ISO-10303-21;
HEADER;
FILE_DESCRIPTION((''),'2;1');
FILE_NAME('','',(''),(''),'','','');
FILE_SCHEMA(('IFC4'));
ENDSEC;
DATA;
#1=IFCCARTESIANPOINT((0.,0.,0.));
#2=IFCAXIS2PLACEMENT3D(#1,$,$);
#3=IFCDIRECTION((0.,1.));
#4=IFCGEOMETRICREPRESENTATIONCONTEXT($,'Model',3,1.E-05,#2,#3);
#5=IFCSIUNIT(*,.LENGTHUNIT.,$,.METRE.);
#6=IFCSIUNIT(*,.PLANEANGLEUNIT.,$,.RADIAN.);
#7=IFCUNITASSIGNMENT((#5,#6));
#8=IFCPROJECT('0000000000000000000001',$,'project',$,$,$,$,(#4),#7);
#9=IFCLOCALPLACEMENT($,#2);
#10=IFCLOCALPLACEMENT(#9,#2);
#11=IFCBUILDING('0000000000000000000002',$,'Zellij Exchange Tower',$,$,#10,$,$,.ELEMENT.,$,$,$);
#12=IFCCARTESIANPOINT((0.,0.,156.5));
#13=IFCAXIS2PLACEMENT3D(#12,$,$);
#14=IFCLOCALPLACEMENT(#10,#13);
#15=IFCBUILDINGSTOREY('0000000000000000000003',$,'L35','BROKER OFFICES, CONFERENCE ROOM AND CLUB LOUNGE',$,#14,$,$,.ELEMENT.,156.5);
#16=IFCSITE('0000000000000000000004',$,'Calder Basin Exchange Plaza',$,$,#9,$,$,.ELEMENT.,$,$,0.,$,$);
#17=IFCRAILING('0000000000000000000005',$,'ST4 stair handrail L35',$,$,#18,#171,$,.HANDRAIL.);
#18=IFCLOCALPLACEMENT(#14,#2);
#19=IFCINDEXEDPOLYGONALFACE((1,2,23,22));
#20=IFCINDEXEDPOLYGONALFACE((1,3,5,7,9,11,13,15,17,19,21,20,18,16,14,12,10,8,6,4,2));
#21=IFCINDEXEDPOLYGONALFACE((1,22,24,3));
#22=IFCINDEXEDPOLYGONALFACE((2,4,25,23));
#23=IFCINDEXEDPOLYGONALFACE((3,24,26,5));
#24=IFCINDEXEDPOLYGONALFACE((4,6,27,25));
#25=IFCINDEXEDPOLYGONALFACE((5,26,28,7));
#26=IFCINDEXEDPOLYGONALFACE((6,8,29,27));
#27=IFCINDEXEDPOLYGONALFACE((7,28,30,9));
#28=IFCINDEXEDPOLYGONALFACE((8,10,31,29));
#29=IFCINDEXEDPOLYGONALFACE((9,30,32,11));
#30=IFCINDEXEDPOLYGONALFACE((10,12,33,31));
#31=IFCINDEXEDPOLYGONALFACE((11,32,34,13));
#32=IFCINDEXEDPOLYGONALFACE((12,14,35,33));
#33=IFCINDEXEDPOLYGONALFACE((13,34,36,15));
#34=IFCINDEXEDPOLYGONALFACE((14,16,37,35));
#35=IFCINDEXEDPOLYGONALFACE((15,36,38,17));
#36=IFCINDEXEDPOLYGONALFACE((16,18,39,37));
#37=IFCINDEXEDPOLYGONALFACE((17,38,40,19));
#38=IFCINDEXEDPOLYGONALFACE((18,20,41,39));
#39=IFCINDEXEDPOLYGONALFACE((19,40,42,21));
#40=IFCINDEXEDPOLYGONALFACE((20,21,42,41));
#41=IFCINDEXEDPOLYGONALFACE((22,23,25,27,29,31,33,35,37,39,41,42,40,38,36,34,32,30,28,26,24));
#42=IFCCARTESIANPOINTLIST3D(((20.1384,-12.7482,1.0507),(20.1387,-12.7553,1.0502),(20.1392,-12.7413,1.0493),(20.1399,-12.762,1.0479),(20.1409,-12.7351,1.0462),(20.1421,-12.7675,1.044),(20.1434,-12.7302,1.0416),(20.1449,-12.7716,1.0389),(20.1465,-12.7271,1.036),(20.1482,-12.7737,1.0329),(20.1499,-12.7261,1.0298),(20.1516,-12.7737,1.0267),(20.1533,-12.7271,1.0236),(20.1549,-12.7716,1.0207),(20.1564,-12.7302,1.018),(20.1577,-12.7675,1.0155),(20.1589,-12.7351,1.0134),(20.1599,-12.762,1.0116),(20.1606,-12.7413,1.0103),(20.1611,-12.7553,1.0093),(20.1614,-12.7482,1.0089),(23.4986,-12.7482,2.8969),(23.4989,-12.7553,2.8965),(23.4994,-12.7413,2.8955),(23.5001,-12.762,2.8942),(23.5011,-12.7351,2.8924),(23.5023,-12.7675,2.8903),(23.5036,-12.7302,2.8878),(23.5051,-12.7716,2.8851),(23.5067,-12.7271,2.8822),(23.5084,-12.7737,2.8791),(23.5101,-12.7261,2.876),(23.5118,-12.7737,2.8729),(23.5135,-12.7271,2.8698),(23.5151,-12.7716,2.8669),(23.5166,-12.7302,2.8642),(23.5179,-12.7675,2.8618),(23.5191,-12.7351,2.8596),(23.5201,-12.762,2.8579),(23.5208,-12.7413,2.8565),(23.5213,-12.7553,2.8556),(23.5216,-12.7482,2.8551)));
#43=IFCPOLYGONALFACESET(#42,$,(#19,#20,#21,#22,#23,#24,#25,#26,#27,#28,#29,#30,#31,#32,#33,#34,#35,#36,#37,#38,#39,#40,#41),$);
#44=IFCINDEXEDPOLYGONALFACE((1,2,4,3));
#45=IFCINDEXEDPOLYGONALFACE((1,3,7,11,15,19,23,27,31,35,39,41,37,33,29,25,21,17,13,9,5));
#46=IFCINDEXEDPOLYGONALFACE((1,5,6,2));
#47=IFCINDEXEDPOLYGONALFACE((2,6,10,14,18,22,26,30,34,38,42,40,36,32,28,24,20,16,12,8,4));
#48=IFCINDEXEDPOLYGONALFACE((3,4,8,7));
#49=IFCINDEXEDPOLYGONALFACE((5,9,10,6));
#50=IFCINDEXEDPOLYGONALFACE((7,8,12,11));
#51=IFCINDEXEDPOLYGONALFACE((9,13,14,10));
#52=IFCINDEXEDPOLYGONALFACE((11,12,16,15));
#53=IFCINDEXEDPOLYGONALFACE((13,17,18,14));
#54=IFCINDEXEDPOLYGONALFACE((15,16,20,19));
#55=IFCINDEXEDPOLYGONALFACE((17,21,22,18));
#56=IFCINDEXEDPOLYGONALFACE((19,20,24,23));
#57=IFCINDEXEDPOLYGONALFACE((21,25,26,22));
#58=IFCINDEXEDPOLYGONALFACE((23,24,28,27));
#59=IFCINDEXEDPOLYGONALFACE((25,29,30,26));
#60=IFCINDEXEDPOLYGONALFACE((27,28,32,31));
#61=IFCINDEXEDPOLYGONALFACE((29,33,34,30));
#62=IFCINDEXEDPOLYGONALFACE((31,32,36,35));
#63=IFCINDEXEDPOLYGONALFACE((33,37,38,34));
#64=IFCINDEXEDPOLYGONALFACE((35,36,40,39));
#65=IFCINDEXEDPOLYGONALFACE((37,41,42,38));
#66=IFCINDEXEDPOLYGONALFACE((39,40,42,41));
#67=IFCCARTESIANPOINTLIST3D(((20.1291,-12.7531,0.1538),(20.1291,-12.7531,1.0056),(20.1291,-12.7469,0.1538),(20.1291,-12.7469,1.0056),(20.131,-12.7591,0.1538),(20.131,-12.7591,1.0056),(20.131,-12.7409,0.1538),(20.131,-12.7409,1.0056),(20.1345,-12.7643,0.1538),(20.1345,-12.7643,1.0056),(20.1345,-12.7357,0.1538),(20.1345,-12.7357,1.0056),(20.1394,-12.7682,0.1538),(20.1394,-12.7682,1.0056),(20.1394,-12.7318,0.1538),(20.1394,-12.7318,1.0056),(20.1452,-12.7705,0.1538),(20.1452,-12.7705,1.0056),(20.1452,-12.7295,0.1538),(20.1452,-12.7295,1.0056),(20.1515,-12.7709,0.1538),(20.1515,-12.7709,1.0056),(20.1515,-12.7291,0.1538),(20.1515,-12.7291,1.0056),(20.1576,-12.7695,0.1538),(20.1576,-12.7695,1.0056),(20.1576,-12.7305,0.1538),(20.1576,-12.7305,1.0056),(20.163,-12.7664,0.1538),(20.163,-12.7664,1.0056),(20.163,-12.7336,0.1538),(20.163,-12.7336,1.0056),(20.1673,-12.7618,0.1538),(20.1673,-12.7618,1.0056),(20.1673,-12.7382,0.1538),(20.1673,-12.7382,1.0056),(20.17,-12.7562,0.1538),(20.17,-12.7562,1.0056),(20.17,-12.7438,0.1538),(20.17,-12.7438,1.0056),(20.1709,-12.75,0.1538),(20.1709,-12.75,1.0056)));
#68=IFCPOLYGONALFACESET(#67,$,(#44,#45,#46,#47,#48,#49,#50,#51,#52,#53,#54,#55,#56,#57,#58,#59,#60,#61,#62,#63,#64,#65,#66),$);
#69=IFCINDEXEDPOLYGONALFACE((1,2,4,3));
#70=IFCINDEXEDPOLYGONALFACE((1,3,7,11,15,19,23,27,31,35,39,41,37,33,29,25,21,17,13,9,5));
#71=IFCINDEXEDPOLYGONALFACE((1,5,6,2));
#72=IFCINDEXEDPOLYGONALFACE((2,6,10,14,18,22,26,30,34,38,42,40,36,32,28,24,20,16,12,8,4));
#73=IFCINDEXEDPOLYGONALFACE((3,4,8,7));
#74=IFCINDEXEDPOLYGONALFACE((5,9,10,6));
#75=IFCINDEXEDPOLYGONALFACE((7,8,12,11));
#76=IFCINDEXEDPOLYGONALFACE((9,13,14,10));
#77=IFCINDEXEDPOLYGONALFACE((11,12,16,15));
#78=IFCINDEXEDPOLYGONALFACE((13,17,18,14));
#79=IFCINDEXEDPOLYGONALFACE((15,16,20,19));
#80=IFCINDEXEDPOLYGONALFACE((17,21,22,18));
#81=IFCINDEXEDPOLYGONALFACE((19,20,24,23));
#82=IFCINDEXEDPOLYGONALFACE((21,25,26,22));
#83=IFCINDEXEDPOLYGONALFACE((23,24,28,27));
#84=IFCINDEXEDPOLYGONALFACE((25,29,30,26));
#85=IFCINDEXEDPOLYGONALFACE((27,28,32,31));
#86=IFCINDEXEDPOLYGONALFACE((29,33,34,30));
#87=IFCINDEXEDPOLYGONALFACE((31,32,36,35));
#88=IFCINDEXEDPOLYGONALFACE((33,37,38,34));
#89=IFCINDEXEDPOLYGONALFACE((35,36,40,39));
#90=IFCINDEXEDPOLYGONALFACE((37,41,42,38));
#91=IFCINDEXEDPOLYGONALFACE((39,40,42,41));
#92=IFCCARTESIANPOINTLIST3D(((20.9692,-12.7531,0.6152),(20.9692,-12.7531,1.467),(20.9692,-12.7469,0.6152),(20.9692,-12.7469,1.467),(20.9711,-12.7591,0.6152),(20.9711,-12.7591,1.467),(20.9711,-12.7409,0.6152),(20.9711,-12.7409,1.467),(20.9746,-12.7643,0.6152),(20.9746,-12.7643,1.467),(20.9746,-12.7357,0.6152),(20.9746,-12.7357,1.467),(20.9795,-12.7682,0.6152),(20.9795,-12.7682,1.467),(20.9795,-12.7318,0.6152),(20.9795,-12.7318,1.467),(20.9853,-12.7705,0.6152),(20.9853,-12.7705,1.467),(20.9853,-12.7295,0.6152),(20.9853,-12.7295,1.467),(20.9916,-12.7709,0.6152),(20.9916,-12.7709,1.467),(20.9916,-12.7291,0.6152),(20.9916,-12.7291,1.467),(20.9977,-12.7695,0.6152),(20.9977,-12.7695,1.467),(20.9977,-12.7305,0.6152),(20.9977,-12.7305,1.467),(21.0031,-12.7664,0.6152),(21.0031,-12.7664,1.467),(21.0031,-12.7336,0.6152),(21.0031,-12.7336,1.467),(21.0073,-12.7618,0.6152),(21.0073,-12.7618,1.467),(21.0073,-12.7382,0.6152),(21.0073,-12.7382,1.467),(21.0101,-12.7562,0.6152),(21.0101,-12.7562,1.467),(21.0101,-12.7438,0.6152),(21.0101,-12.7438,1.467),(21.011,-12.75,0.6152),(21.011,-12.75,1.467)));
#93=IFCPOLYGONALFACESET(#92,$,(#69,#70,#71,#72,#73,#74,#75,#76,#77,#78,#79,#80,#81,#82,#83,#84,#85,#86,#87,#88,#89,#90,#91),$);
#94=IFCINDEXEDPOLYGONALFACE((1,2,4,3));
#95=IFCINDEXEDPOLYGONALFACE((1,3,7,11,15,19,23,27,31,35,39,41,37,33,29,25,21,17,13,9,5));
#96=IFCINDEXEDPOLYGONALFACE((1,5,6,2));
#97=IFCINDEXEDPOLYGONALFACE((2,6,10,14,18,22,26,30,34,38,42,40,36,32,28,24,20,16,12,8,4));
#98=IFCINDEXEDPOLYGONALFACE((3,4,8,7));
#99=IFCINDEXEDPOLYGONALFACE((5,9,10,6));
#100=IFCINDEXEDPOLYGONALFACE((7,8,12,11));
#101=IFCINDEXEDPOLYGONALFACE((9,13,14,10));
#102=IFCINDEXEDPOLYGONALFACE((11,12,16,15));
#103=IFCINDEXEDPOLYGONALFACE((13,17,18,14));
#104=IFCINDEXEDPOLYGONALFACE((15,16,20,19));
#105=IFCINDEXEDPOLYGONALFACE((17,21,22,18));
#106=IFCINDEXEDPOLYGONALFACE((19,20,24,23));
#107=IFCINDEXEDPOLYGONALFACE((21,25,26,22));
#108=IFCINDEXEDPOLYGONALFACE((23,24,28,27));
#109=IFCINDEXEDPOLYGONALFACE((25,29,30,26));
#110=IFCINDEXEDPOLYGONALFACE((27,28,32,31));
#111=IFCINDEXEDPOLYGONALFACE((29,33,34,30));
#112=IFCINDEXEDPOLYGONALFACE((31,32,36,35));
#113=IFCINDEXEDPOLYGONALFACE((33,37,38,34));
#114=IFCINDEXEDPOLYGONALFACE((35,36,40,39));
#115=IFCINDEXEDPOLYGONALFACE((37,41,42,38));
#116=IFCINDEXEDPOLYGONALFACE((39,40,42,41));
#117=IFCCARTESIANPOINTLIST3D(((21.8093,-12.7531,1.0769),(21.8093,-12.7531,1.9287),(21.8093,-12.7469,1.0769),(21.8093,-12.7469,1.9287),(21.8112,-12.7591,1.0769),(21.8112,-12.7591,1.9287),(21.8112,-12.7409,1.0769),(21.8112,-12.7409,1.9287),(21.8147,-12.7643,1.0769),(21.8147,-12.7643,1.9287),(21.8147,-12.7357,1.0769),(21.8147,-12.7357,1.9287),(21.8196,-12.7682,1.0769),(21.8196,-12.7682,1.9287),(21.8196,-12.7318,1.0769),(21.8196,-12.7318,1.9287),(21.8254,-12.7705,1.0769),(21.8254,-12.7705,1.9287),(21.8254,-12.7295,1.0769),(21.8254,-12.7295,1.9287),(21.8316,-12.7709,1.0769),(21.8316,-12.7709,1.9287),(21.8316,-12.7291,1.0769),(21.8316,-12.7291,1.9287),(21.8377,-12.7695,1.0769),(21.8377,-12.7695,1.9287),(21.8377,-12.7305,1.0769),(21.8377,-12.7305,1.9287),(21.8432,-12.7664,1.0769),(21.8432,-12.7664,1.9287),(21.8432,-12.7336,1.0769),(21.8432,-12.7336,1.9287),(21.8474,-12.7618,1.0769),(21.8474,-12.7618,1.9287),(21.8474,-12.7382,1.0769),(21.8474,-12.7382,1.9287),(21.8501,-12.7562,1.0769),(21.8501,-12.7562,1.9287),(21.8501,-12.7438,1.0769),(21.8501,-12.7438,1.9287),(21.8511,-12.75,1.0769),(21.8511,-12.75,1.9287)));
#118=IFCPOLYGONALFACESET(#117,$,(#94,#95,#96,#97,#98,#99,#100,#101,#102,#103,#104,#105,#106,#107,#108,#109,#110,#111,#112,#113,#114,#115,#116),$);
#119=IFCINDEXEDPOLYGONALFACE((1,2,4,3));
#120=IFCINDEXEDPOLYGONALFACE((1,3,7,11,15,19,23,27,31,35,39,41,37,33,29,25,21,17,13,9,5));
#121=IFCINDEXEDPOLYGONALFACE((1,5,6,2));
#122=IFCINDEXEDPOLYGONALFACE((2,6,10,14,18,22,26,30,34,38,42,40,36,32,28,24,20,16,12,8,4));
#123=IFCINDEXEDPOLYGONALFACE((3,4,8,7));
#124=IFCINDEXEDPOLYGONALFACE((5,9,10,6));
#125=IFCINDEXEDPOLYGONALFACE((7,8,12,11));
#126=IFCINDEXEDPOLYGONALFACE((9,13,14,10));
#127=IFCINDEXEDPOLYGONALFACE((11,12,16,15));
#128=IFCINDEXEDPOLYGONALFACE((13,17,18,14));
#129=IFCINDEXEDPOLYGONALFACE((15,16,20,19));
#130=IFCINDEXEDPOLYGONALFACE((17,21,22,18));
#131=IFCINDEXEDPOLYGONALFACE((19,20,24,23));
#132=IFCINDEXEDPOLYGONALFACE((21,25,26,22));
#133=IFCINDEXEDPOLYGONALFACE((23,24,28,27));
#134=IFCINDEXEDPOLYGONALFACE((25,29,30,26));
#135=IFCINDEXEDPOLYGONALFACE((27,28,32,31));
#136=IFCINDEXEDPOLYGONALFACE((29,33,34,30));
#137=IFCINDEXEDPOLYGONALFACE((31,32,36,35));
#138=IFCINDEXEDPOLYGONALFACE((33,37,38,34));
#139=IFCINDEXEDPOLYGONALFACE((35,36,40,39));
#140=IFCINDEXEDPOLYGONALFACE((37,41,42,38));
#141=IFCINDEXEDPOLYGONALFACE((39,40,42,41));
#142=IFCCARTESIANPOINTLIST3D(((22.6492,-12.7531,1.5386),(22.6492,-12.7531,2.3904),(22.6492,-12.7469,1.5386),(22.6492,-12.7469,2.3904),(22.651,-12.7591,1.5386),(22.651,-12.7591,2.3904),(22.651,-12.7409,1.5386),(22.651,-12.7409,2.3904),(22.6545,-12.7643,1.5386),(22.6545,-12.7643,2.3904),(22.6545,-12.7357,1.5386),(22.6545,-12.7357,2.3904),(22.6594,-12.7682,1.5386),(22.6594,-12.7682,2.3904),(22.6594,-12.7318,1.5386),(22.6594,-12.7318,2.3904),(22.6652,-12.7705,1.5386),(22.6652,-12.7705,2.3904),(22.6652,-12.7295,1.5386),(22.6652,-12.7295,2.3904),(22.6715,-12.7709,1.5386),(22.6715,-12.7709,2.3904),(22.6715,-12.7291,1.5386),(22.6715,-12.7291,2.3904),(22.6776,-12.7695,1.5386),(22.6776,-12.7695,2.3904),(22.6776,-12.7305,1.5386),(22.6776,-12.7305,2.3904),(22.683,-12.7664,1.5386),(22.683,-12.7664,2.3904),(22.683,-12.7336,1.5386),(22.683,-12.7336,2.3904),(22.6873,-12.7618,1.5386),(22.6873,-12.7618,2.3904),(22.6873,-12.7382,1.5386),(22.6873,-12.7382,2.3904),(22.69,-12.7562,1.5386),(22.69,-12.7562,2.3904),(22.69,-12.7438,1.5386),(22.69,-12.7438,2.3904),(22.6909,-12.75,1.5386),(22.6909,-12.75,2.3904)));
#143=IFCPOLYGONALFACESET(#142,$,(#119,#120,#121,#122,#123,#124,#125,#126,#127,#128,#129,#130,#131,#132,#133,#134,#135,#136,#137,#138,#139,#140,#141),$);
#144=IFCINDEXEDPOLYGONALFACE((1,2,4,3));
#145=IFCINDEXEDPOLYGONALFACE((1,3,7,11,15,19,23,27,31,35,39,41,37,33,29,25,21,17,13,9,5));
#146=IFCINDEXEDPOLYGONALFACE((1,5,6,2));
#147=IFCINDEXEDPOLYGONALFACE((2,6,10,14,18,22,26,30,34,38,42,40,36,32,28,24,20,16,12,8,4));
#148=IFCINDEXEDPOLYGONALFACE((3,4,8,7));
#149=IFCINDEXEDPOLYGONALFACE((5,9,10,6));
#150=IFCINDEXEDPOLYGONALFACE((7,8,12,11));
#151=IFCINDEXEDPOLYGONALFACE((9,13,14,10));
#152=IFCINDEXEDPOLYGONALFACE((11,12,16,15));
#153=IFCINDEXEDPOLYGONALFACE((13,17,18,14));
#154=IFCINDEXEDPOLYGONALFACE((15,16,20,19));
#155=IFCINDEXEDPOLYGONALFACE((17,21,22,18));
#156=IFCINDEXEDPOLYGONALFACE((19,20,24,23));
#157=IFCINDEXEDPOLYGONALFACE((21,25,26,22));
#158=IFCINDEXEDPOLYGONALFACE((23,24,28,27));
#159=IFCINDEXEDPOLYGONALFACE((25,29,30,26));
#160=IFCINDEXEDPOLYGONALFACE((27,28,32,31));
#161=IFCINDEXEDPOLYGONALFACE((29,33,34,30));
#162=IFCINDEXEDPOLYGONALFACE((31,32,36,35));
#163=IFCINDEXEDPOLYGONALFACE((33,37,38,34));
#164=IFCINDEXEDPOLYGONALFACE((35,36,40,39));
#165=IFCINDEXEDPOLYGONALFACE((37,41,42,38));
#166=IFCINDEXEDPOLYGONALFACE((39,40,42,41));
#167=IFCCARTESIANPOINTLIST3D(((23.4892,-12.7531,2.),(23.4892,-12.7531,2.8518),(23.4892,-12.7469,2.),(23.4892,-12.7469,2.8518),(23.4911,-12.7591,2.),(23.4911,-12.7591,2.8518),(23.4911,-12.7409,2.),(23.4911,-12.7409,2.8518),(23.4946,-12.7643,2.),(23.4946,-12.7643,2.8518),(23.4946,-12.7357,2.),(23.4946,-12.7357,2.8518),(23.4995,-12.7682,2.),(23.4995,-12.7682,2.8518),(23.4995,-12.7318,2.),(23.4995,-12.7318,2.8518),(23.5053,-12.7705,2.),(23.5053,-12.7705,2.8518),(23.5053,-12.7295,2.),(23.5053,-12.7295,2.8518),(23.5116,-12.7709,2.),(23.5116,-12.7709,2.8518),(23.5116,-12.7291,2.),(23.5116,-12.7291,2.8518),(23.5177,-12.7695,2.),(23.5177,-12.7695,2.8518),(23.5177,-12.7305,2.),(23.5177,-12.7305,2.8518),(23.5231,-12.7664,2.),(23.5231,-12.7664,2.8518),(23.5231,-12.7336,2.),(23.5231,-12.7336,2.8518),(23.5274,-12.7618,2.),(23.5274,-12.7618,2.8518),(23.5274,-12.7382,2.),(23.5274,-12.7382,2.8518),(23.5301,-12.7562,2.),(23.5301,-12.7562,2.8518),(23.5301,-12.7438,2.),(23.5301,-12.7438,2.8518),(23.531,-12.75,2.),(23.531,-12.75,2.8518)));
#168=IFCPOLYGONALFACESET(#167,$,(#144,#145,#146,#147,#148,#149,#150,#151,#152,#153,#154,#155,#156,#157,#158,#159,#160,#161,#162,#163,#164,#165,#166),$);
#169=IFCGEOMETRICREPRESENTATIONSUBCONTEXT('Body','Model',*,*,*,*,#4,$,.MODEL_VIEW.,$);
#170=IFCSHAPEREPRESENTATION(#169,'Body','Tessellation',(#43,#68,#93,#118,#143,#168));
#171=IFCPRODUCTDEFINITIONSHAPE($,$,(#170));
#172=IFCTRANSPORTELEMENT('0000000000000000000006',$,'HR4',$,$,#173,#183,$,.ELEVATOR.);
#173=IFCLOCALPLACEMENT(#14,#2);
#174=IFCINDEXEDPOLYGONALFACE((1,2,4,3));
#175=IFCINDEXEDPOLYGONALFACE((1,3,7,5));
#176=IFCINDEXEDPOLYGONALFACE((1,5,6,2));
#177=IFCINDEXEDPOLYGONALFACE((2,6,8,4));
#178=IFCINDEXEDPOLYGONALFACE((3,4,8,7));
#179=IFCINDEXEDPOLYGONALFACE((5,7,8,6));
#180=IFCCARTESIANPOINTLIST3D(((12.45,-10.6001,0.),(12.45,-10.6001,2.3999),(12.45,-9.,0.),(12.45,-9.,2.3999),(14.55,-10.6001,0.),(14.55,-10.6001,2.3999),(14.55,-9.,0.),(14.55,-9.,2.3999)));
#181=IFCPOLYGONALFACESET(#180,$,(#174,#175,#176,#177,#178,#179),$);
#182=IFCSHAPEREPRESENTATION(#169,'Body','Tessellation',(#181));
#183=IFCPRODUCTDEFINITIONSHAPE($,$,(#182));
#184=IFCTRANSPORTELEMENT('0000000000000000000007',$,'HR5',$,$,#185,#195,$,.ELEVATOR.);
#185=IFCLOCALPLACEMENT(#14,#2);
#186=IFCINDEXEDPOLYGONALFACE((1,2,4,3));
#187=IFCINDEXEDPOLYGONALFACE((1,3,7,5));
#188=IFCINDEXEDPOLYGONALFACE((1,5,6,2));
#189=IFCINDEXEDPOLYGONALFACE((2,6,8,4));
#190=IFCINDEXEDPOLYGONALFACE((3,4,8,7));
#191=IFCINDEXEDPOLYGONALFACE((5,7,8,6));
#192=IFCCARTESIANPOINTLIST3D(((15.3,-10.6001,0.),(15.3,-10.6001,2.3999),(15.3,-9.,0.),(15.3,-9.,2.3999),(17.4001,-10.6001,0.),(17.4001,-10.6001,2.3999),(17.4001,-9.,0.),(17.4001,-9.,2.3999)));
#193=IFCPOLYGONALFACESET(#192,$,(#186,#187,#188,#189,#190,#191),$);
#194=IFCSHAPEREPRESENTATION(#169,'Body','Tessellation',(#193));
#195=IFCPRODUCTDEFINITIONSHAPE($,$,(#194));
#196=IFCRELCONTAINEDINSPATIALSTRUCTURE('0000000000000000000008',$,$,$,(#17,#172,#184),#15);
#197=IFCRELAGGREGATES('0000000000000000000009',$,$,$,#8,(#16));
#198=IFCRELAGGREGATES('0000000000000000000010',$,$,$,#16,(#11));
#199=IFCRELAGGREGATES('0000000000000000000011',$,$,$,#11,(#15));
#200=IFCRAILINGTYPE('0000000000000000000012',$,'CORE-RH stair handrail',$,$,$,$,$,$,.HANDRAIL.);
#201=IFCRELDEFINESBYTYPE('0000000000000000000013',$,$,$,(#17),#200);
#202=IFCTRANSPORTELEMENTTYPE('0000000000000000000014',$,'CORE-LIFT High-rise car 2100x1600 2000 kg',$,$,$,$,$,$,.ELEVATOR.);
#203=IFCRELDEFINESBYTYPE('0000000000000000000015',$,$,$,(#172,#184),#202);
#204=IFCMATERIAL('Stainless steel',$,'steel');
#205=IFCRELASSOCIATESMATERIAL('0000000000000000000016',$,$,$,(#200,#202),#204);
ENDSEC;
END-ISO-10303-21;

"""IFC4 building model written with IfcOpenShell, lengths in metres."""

from ifc_helpers import new_model, si_unit, direction, frame, origin, origin_2d, place, context, subcontext, project, spatial, rectangle, circle, extrude, material, type_object, element, save


model = new_model("IFC4")

# Units and contexts
model_context = context("Model", 3, precision=1e-05, world=origin(), true_north=direction((0.0, 1.0)))
body_context = subcontext(model_context, "Body", "Model", "MODEL_VIEW")
ifc_project = project(units=[si_unit("LENGTHUNIT", "METRE"), si_unit("PLANEANGLEUNIT", "RADIAN")], contexts=[model_context])

# Site, building, storey
site_placement = place(None, origin())
site = spatial("IfcSite", under=ifc_project, at=site_placement, Name="Calder Basin Exchange Plaza", CompositionType="ELEMENT", RefElevation=0.0)
building_placement = place(site_placement, origin())
building = spatial("IfcBuilding", under=site, at=building_placement, Name="Zellij Exchange Tower", CompositionType="ELEMENT")
storey_placement = place(building_placement, frame((0.0, 0.0, 156.5)))
storey = spatial("IfcBuildingStorey", under=building, at=storey_placement, Name="L35", Description="BROKER OFFICES, CONFERENCE ROOM AND CLUB LOUNGE", CompositionType="ELEMENT", Elevation=156.5)

# Railing
ifc_material_1 = material(Name="Stainless steel", Category="steel")
railing_type_1 = type_object("IfcRailingType", Name="CORE-RH stair handrail", PredefinedType="HANDRAIL", material=ifc_material_1)
railing_1_placement = place(storey_placement, frame((20.1499, -12.75, 0.1538)))
element("IfcRailing", 1, at=railing_1_placement, inside=storey, type_object=railing_type_1, Name="ST4 stair handrail L35", PredefinedType="HANDRAIL", context=body_context, shape_type="SweptSolid", body=[
    extrude(circle(Radius=0.0239, at=origin_2d()), frame((0.0, 0.0, 0.876), z_axis=(0.876422, 0.0, 0.481545), x_axis=(0.0, 1.0, 0.0)), (0.0, 0.0, 1.0), 3.834),
    extrude(circle(Radius=0.021, at=origin_2d()), origin(), (0.0, 0.0, 1.0), 0.8518),
    extrude(circle(Radius=0.021, at=origin_2d()), frame((0.8401, 0.0, 0.4614)), (0.0, 0.0, 1.0), 0.8518),
    extrude(circle(Radius=0.021, at=origin_2d()), frame((1.6802, 0.0, 0.9231)), (0.0, 0.0, 1.0), 0.8518),
    extrude(circle(Radius=0.021, at=origin_2d()), frame((2.52, 0.0, 1.3848)), (0.0, 0.0, 1.0), 0.8518),
    extrude(circle(Radius=0.021, at=origin_2d()), frame((3.3601, 0.0, 1.8462)), (0.0, 0.0, 1.0), 0.8518),
])

# Transport elements
transport_element_type = type_object("IfcTransportElementType", Name="CORE-LIFT High-rise car 2100x1600 2000 kg", PredefinedType="ELEVATOR", material=ifc_material_1)
for number, where, z_axis, x_axis, name in (
    (2, (13.5, -9.8, 0.0), (0.0, 0.0, 1.0), (1.0, 0.0, 0.0), "HR4"),
    (3, (16.3501, -9.8, 0.0), (0.0, 0.0, 1.0), (1.0, 0.0, 0.0), "HR5"),
):
    element("IfcTransportElement", number, at=place(storey_placement, frame(where, z_axis=z_axis, x_axis=x_axis)), inside=storey, type_object=transport_element_type, Name=name, PredefinedType="ELEVATOR", context=body_context, shape_type="SweptSolid", body=[
        extrude(rectangle(XDim=2.1001, YDim=1.6001, at=origin_2d()), origin(), (0.0, 0.0, 1.0), 2.3999),
    ])

save(model, "model.ifc")
